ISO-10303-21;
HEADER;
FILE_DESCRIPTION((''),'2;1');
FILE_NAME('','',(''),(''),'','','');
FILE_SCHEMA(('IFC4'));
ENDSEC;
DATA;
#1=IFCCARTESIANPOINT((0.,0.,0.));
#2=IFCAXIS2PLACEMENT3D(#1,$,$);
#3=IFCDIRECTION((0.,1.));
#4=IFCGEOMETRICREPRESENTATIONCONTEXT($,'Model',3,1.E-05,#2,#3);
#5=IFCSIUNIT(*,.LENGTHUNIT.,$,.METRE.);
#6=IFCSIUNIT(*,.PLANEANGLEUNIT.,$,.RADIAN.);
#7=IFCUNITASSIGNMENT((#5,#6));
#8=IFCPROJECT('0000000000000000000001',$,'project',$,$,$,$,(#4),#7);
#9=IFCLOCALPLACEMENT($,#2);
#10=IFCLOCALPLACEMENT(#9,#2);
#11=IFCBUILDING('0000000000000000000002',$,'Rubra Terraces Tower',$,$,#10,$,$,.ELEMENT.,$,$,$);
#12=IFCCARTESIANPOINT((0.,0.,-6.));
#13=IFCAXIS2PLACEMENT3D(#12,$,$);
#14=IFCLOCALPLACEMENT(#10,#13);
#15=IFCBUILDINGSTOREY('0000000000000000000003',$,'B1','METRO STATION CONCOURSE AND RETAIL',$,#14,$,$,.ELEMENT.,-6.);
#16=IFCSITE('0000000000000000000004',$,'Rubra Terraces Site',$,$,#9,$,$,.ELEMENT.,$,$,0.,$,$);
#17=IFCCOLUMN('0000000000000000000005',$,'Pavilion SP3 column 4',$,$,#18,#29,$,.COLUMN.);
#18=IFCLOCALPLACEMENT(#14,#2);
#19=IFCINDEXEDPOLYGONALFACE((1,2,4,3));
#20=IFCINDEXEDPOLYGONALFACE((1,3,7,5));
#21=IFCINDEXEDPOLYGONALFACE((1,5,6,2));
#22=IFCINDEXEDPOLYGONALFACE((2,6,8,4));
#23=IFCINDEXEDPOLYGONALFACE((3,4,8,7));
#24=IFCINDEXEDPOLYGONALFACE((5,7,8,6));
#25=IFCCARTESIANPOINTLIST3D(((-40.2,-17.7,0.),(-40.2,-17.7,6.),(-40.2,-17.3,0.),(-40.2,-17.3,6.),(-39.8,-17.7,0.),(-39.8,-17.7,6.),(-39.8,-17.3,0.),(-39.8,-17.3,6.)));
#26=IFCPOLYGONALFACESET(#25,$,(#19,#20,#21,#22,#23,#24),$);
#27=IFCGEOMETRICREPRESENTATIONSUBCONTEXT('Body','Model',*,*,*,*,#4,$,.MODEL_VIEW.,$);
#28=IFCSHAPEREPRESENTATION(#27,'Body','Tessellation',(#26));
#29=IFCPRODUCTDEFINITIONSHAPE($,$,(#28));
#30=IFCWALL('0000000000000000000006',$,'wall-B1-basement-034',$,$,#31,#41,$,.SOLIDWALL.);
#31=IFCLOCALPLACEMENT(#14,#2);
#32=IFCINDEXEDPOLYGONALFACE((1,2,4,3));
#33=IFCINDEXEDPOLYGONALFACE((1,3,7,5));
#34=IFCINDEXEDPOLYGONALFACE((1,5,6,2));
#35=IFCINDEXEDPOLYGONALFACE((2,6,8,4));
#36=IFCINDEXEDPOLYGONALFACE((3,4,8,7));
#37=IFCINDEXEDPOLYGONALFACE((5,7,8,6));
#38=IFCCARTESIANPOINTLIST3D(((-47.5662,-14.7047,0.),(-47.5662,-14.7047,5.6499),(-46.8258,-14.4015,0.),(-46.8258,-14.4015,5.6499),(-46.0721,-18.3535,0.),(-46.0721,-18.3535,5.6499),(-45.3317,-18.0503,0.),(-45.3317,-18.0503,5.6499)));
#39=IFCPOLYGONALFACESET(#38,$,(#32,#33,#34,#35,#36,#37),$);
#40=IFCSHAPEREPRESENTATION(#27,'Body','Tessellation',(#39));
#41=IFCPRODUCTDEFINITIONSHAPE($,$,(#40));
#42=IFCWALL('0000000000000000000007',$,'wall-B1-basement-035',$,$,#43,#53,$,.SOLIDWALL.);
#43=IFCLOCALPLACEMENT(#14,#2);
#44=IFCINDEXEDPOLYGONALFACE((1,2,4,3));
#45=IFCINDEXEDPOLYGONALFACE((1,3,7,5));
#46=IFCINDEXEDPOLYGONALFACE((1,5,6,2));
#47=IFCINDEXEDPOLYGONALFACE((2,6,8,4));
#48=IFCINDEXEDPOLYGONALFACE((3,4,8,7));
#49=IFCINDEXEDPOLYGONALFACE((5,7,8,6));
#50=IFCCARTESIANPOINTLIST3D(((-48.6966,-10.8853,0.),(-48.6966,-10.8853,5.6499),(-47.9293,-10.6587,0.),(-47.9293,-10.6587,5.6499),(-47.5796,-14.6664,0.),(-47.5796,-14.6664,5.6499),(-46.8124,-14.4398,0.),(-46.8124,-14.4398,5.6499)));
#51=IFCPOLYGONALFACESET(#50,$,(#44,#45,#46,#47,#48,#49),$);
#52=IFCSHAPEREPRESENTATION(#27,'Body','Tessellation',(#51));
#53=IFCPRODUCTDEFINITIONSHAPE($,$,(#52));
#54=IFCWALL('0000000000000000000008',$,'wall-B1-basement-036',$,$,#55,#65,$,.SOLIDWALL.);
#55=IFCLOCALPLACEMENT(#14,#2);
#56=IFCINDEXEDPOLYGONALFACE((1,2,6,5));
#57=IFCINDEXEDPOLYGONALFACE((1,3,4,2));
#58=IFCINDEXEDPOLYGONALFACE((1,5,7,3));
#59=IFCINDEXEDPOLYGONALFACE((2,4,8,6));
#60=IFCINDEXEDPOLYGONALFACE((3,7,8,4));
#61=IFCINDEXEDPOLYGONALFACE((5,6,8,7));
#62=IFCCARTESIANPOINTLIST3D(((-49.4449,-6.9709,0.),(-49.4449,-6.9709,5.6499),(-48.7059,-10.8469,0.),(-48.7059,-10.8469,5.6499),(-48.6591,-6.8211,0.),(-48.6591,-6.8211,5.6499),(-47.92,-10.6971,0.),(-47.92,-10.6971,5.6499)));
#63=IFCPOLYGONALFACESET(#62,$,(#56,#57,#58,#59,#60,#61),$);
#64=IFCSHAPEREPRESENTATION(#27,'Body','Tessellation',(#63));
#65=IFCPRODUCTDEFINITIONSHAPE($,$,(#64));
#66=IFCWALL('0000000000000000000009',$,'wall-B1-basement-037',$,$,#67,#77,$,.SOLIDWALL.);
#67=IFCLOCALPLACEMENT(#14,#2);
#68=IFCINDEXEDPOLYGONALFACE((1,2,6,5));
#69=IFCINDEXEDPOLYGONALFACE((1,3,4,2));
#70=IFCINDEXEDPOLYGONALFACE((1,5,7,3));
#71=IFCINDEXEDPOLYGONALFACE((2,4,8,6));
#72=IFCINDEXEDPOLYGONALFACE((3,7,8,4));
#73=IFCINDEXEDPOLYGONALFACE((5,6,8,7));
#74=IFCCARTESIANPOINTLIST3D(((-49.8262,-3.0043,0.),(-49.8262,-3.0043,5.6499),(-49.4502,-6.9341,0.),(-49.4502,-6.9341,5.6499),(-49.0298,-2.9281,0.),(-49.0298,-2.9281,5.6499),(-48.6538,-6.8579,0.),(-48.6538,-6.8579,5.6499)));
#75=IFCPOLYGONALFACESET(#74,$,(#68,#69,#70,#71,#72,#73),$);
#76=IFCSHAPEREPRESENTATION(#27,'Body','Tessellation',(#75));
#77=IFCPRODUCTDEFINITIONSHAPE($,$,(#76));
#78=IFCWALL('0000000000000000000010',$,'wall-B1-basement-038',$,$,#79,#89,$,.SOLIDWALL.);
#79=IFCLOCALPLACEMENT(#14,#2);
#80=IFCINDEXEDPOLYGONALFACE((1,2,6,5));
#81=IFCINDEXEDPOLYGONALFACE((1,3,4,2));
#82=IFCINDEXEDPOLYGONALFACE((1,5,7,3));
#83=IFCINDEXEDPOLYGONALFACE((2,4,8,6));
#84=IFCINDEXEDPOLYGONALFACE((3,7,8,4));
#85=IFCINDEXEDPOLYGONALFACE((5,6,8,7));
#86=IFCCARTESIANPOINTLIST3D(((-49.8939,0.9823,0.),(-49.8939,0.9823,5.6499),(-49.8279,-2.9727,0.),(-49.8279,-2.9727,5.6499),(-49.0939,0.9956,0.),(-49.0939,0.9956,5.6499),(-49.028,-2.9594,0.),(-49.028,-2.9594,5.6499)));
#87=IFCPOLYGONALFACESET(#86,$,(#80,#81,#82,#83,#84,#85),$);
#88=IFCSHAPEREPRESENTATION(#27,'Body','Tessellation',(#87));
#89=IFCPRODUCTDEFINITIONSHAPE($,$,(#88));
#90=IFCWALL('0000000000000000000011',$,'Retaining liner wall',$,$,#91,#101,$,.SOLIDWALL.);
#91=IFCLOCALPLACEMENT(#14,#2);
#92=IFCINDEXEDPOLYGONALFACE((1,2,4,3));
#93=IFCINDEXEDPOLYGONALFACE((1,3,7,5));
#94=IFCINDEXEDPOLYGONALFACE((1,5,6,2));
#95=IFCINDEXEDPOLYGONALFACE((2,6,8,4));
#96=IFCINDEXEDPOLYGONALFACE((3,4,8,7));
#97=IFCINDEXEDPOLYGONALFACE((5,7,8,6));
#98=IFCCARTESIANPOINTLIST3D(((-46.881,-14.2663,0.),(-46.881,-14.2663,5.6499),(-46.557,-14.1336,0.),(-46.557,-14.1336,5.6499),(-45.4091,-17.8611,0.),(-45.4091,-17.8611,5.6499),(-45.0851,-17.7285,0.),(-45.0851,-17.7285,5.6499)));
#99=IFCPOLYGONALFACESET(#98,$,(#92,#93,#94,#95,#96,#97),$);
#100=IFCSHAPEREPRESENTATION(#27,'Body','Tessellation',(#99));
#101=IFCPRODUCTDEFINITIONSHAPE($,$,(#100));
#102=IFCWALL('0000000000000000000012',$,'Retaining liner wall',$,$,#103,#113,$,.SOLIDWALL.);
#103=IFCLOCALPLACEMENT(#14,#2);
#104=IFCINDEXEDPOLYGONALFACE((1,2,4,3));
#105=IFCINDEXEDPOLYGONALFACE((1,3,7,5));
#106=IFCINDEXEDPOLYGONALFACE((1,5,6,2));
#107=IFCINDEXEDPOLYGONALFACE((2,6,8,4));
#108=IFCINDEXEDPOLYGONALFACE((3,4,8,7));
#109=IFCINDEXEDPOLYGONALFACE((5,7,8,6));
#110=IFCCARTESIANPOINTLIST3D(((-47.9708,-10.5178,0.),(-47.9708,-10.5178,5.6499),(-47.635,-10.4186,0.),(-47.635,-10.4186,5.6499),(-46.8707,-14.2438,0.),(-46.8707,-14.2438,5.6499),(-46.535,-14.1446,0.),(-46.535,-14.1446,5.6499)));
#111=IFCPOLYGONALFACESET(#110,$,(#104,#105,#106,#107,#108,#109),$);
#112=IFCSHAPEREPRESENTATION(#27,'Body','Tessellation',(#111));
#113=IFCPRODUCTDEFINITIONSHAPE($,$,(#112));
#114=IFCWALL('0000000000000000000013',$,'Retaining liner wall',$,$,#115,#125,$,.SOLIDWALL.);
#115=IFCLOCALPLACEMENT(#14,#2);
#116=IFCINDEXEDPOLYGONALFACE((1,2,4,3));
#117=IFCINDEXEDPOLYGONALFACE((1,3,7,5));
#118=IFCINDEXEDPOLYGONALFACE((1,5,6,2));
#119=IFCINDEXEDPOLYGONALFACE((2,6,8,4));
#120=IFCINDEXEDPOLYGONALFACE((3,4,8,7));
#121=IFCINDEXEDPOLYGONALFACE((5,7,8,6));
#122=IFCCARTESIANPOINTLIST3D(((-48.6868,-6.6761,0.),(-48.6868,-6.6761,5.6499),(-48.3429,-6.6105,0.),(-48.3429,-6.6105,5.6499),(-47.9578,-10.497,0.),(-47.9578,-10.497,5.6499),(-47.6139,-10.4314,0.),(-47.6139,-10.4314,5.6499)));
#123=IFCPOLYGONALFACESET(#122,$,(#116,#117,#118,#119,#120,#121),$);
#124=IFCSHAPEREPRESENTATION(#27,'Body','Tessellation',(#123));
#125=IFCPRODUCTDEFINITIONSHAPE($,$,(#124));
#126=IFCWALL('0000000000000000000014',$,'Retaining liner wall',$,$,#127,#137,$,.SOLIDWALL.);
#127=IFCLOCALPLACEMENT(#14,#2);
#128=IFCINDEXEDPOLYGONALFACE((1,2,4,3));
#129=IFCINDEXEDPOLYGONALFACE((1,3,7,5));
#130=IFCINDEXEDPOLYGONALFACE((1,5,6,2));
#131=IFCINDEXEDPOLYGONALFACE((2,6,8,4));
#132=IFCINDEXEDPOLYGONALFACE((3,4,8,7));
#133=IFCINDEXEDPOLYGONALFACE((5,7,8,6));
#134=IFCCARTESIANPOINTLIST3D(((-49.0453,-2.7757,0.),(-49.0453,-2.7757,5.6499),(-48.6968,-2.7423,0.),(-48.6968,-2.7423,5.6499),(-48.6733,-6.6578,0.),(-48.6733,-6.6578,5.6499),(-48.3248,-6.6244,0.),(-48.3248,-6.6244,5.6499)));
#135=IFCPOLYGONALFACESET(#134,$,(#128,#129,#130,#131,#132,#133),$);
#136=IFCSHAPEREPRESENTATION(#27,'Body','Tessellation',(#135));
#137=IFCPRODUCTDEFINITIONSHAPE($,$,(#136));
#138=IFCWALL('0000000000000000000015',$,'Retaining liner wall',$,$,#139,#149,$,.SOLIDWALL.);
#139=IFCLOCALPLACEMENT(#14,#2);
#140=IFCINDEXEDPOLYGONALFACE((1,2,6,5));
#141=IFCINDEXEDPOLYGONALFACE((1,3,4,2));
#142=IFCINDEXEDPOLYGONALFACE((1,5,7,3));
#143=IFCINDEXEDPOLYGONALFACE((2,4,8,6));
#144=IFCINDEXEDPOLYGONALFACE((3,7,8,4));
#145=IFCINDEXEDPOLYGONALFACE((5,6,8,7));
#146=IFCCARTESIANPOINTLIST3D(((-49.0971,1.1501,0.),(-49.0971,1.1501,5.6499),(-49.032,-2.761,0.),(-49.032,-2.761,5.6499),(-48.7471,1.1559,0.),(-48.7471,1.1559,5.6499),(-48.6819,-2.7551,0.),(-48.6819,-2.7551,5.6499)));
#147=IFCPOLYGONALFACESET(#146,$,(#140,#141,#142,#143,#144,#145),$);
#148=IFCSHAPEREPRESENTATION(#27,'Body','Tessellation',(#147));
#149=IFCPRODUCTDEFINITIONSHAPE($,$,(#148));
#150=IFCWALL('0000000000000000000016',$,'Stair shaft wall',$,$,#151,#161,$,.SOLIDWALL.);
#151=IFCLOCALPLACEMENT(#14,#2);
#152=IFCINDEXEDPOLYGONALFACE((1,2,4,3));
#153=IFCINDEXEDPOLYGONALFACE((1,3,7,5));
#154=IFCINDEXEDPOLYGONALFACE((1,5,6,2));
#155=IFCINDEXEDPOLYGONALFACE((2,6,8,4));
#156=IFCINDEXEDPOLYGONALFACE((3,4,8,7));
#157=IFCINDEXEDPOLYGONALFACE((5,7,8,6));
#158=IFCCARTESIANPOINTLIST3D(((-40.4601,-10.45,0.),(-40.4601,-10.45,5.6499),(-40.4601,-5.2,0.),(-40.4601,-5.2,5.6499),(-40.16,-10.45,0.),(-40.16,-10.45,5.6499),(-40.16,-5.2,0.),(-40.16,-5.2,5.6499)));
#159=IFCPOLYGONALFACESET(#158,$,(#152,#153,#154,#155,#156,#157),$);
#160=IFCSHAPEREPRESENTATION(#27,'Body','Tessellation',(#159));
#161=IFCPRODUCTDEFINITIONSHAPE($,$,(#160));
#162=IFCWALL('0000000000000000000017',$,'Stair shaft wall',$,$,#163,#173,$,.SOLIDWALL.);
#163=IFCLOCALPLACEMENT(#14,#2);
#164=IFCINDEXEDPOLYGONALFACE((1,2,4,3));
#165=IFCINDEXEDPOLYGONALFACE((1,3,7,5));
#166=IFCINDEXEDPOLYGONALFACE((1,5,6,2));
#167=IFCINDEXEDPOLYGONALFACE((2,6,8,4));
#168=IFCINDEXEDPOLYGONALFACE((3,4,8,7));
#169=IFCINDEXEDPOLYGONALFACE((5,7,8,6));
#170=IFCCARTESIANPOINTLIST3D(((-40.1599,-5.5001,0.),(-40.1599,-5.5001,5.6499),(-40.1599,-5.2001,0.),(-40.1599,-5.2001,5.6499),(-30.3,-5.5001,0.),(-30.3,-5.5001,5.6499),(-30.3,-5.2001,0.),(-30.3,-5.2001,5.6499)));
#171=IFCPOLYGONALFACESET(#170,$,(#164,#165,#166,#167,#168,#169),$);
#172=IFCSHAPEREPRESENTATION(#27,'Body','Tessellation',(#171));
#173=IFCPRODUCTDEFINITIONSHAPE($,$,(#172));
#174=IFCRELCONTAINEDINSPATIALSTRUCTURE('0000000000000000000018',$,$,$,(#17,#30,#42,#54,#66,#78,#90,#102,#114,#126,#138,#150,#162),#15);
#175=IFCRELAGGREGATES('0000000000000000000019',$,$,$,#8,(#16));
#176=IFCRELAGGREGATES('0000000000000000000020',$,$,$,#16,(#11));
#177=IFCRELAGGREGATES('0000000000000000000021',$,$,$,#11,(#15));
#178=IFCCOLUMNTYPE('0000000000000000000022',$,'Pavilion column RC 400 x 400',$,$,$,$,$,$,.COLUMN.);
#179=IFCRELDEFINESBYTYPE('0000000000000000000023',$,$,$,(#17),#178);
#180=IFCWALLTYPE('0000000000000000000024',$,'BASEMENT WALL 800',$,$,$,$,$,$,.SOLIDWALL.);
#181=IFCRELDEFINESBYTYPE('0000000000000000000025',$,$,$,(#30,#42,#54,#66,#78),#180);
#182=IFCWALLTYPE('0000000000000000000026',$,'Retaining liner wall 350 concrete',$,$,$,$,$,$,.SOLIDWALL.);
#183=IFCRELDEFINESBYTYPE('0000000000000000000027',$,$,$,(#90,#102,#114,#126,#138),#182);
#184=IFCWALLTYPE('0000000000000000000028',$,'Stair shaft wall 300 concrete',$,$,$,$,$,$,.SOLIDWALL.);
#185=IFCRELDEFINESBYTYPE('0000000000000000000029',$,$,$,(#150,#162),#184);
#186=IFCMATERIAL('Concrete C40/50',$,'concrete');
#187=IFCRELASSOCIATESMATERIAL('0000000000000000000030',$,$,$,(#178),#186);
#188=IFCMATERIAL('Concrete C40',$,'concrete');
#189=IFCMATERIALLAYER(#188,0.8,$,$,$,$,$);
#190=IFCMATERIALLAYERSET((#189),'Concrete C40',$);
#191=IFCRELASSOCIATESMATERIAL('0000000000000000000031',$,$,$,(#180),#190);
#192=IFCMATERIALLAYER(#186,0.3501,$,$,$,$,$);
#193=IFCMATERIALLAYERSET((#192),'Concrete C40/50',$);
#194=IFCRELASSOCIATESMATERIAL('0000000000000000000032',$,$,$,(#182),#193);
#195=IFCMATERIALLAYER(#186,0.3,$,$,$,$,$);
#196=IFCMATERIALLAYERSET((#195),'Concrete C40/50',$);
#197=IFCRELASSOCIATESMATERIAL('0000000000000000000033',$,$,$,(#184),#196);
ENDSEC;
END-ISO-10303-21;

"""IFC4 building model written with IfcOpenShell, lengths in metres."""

from ifc_helpers import new_model, si_unit, direction, frame, frame_2d, origin, origin_2d, place, context, subcontext, project, spatial, rectangle, extrude, material, layer, layer_set, material_profile, profile_set, type_object, element, save


model = new_model("IFC4")

# Units and contexts
model_context = context("Model", 3, precision=1e-05, world=origin(), true_north=direction((0.0, 1.0)))
body_context = subcontext(model_context, "Body", "Model", "MODEL_VIEW")
ifc_project = project(units=[si_unit("LENGTHUNIT", "METRE"), si_unit("PLANEANGLEUNIT", "RADIAN")], contexts=[model_context])

# Site, building, storey
site_placement = place(None, origin())
site = spatial("IfcSite", under=ifc_project, at=site_placement, Name="Rubra Terraces Site", CompositionType="ELEMENT", RefElevation=0.0)
building_placement = place(site_placement, origin())
building = spatial("IfcBuilding", under=site, at=building_placement, Name="Rubra Terraces Tower", CompositionType="ELEMENT")
storey_placement = place(building_placement, frame((0.0, 0.0, -6.0)))
storey = spatial("IfcBuildingStorey", under=building, at=storey_placement, Name="B1", Description="METRO STATION CONCOURSE AND RETAIL", CompositionType="ELEMENT", Elevation=-6.0)

# Column
ifc_material_1 = material(Name="Concrete C40/50", Category="concrete")
ifc_material_profile = material_profile(ifc_material_1, rectangle(XDim=0.3999, YDim=0.3999, at=origin_2d()), Name="RC 400x400")
ifc_profile_set = profile_set([ifc_material_profile], Name="Concrete C40/50")
column_type = type_object("IfcColumnType", Name="Pavilion column RC 400 x 400", PredefinedType="COLUMN", material=ifc_profile_set)
column_placement = place(storey_placement, frame((-40.0, -17.5, 0.0), z_axis=(0.0, 0.0, 1.0), x_axis=(1.0, 0.0, 0.0)))
element("IfcColumn", 1, at=column_placement, inside=storey, type_object=column_type, Name="Pavilion SP3 column 4", PredefinedType="COLUMN", context=body_context, shape_type="SweptSolid", body=[
    extrude(rectangle(XDim=0.3999, YDim=0.3999, at=origin_2d()), origin(), (0.0, 0.0, 1.0), 6.0),
])

# Walls
ifc_material_2 = material(Name="Concrete C40", Category="concrete")
ifc_layer_1 = layer(ifc_material_2, 0.8)
ifc_layer_set_1 = layer_set([ifc_layer_1], Name="Concrete C40")
wall_type_1 = type_object("IfcWallType", Name="BASEMENT WALL 800", PredefinedType="SOLIDWALL", material=ifc_layer_set_1)
wall_1_placement = place(storey_placement, frame((-45.7019, -18.2019, 0.0), z_axis=(0.0, 0.0, 1.0), x_axis=(-0.378937, 0.925423, 0.0)))
element("IfcWall", 2, at=wall_1_placement, inside=storey, type_object=wall_type_1, Name="wall-B1-basement-034", PredefinedType="SOLIDWALL", context=body_context, shape_type="SweptSolid", body=[
    extrude(rectangle(XDim=3.9429, YDim=0.8, at=frame_2d((1.9714, 0.0))), origin(), (0.0, 0.0, 1.0), 5.6499),
])
wall_2_placement = place(storey_placement, frame((-47.196, -14.553, 0.0), z_axis=(0.0, 0.0, 1.0), x_axis=(-0.283306, 0.95903, 0.0)))
element("IfcWall", 3, at=wall_2_placement, inside=storey, type_object=wall_type_1, Name="wall-B1-basement-035", PredefinedType="SOLIDWALL", context=body_context, shape_type="SweptSolid", body=[
    extrude(rectangle(XDim=3.9426, YDim=0.8, at=frame_2d((1.9712, 0.0))), origin(), (0.0, 0.0, 1.0), 5.6499),
])
wall_3_placement = place(storey_placement, frame((-48.313, -10.772, 0.0), z_axis=(0.0, 0.0, 1.0), x_axis=(-0.187291, 0.982304, 0.0)))
element("IfcWall", 4, at=wall_3_placement, inside=storey, type_object=wall_type_1, Name="wall-B1-basement-036", PredefinedType="SOLIDWALL", context=body_context, shape_type="SweptSolid", body=[
    extrude(rectangle(XDim=3.9458, YDim=0.8, at=frame_2d((1.9729, 0.0))), origin(), (0.0, 0.0, 1.0), 5.6499),
])
wall_4_placement = place(storey_placement, frame((-49.052, -6.896, 0.0), z_axis=(0.0, 0.0, 1.0), x_axis=(-0.095235, 0.995455, 0.0)))
element("IfcWall", 5, at=wall_4_placement, inside=storey, type_object=wall_type_1, Name="wall-B1-basement-037", PredefinedType="SOLIDWALL", context=body_context, shape_type="SweptSolid", body=[
    extrude(rectangle(XDim=3.9478, YDim=0.8, at=frame_2d((1.9739, 0.0))), origin(), (0.0, 0.0, 1.0), 5.6499),
])
wall_5_placement = place(storey_placement, frame((-49.428, -2.9661, 0.0), z_axis=(0.0, 0.0, 1.0), x_axis=(-0.016664, 0.999861, 0.0)))
element("IfcWall", 6, at=wall_5_placement, inside=storey, type_object=wall_type_1, Name="wall-B1-basement-038", PredefinedType="SOLIDWALL", context=body_context, shape_type="SweptSolid", body=[
    extrude(rectangle(XDim=3.9556, YDim=0.8, at=frame_2d((1.9778, 0.0))), origin(), (0.0, 0.0, 1.0), 5.6499),
])
ifc_layer_2 = layer(ifc_material_1, 0.3501)
ifc_layer_set_2 = layer_set([ifc_layer_2], Name="Concrete C40/50")
wall_type_2 = type_object("IfcWallType", Name="Retaining liner wall 350 concrete", PredefinedType="SOLIDWALL", material=ifc_layer_set_2)
wall_6_placement = place(storey_placement, frame((-45.2471, -17.7949, 0.0), z_axis=(0.0, 0.0, 1.0), x_axis=(-0.378909, 0.925434, 0.0)))
element("IfcWall", 7, at=wall_6_placement, inside=storey, type_object=wall_type_2, Name="Retaining liner wall", PredefinedType="SOLIDWALL", context=body_context, shape_type="SweptSolid", body=[
    extrude(rectangle(XDim=3.8845, YDim=0.3501, at=frame_2d((1.9424, 0.0))), origin(), (0.0, 0.0, 1.0), 5.6499),
])
wall_7_placement = place(storey_placement, frame((-46.7029, -14.1941, 0.0), z_axis=(0.0, 0.0, 1.0), x_axis=(-0.28316, 0.959073, 0.0)))
element("IfcWall", 8, at=wall_7_placement, inside=storey, type_object=wall_type_2, Name="Retaining liner wall", PredefinedType="SOLIDWALL", context=body_context, shape_type="SweptSolid", body=[
    extrude(rectangle(XDim=3.885, YDim=0.3501, at=frame_2d((1.9424, 0.0))), origin(), (0.0, 0.0, 1.0), 5.6499),
])
wall_8_placement = place(storey_placement, frame((-47.7859, -10.4641, 0.0), z_axis=(0.0, 0.0, 1.0), x_axis=(-0.187406, 0.982282, 0.0)))
element("IfcWall", 9, at=wall_8_placement, inside=storey, type_object=wall_type_2, Name="Retaining liner wall", PredefinedType="SOLIDWALL", context=body_context, shape_type="SweptSolid", body=[
    extrude(rectangle(XDim=3.8899, YDim=0.3501, at=frame_2d((1.9448, 0.0))), origin(), (0.0, 0.0, 1.0), 5.6499),
])
wall_9_placement = place(storey_placement, frame((-48.499, -6.6411, 0.0), z_axis=(0.0, 0.0, 1.0), x_axis=(-0.095406, 0.995438, 0.0)))
element("IfcWall", 10, at=wall_9_placement, inside=storey, type_object=wall_type_2, Name="Retaining liner wall", PredefinedType="SOLIDWALL", context=body_context, shape_type="SweptSolid", body=[
    extrude(rectangle(XDim=3.8999, YDim=0.3501, at=frame_2d((1.95, 0.0))), origin(), (0.0, 0.0, 1.0), 5.6499),
])
wall_10_placement = place(storey_placement, frame((-48.8569, -2.7581, 0.0), z_axis=(0.0, 0.0, 1.0), x_axis=(-0.016664, 0.999861, 0.0)))
element("IfcWall", 11, at=wall_10_placement, inside=storey, type_object=wall_type_2, Name="Retaining liner wall", PredefinedType="SOLIDWALL", context=body_context, shape_type="SweptSolid", body=[
    extrude(rectangle(XDim=3.9116, YDim=0.3501, at=frame_2d((1.9558, 0.0))), origin(), (0.0, 0.0, 1.0), 5.6499),
])
ifc_layer_3 = layer(ifc_material_1, 0.3)
ifc_layer_set_3 = layer_set([ifc_layer_3], Name="Concrete C40/50")
wall_type_3 = type_object("IfcWallType", Name="Stair shaft wall 300 concrete", PredefinedType="SOLIDWALL", material=ifc_layer_set_3)
wall_11_placement = place(storey_placement, frame((-40.3101, -10.45, 0.0), z_axis=(0.0, 0.0, 1.0), x_axis=(0.0, 1.0, 0.0)))
element("IfcWall", 12, at=wall_11_placement, inside=storey, type_object=wall_type_3, Name="Stair shaft wall", PredefinedType="SOLIDWALL", context=body_context, shape_type="SweptSolid", body=[
    extrude(rectangle(XDim=5.25, YDim=0.3, at=frame_2d((2.625, 0.0))), origin(), (0.0, 0.0, 1.0), 5.6499),
])
wall_12_placement = place(storey_placement, frame((-40.1599, -5.3501, 0.0), z_axis=(0.0, 0.0, 1.0), x_axis=(1.0, 0.0, 0.0)))
element("IfcWall", 13, at=wall_12_placement, inside=storey, type_object=wall_type_3, Name="Stair shaft wall", PredefinedType="SOLIDWALL", context=body_context, shape_type="SweptSolid", body=[
    extrude(rectangle(XDim=9.8599, YDim=0.3, at=frame_2d((4.9299, 0.0))), origin(), (0.0, 0.0, 1.0), 5.6499),
])

save(model, "model.ifc")
